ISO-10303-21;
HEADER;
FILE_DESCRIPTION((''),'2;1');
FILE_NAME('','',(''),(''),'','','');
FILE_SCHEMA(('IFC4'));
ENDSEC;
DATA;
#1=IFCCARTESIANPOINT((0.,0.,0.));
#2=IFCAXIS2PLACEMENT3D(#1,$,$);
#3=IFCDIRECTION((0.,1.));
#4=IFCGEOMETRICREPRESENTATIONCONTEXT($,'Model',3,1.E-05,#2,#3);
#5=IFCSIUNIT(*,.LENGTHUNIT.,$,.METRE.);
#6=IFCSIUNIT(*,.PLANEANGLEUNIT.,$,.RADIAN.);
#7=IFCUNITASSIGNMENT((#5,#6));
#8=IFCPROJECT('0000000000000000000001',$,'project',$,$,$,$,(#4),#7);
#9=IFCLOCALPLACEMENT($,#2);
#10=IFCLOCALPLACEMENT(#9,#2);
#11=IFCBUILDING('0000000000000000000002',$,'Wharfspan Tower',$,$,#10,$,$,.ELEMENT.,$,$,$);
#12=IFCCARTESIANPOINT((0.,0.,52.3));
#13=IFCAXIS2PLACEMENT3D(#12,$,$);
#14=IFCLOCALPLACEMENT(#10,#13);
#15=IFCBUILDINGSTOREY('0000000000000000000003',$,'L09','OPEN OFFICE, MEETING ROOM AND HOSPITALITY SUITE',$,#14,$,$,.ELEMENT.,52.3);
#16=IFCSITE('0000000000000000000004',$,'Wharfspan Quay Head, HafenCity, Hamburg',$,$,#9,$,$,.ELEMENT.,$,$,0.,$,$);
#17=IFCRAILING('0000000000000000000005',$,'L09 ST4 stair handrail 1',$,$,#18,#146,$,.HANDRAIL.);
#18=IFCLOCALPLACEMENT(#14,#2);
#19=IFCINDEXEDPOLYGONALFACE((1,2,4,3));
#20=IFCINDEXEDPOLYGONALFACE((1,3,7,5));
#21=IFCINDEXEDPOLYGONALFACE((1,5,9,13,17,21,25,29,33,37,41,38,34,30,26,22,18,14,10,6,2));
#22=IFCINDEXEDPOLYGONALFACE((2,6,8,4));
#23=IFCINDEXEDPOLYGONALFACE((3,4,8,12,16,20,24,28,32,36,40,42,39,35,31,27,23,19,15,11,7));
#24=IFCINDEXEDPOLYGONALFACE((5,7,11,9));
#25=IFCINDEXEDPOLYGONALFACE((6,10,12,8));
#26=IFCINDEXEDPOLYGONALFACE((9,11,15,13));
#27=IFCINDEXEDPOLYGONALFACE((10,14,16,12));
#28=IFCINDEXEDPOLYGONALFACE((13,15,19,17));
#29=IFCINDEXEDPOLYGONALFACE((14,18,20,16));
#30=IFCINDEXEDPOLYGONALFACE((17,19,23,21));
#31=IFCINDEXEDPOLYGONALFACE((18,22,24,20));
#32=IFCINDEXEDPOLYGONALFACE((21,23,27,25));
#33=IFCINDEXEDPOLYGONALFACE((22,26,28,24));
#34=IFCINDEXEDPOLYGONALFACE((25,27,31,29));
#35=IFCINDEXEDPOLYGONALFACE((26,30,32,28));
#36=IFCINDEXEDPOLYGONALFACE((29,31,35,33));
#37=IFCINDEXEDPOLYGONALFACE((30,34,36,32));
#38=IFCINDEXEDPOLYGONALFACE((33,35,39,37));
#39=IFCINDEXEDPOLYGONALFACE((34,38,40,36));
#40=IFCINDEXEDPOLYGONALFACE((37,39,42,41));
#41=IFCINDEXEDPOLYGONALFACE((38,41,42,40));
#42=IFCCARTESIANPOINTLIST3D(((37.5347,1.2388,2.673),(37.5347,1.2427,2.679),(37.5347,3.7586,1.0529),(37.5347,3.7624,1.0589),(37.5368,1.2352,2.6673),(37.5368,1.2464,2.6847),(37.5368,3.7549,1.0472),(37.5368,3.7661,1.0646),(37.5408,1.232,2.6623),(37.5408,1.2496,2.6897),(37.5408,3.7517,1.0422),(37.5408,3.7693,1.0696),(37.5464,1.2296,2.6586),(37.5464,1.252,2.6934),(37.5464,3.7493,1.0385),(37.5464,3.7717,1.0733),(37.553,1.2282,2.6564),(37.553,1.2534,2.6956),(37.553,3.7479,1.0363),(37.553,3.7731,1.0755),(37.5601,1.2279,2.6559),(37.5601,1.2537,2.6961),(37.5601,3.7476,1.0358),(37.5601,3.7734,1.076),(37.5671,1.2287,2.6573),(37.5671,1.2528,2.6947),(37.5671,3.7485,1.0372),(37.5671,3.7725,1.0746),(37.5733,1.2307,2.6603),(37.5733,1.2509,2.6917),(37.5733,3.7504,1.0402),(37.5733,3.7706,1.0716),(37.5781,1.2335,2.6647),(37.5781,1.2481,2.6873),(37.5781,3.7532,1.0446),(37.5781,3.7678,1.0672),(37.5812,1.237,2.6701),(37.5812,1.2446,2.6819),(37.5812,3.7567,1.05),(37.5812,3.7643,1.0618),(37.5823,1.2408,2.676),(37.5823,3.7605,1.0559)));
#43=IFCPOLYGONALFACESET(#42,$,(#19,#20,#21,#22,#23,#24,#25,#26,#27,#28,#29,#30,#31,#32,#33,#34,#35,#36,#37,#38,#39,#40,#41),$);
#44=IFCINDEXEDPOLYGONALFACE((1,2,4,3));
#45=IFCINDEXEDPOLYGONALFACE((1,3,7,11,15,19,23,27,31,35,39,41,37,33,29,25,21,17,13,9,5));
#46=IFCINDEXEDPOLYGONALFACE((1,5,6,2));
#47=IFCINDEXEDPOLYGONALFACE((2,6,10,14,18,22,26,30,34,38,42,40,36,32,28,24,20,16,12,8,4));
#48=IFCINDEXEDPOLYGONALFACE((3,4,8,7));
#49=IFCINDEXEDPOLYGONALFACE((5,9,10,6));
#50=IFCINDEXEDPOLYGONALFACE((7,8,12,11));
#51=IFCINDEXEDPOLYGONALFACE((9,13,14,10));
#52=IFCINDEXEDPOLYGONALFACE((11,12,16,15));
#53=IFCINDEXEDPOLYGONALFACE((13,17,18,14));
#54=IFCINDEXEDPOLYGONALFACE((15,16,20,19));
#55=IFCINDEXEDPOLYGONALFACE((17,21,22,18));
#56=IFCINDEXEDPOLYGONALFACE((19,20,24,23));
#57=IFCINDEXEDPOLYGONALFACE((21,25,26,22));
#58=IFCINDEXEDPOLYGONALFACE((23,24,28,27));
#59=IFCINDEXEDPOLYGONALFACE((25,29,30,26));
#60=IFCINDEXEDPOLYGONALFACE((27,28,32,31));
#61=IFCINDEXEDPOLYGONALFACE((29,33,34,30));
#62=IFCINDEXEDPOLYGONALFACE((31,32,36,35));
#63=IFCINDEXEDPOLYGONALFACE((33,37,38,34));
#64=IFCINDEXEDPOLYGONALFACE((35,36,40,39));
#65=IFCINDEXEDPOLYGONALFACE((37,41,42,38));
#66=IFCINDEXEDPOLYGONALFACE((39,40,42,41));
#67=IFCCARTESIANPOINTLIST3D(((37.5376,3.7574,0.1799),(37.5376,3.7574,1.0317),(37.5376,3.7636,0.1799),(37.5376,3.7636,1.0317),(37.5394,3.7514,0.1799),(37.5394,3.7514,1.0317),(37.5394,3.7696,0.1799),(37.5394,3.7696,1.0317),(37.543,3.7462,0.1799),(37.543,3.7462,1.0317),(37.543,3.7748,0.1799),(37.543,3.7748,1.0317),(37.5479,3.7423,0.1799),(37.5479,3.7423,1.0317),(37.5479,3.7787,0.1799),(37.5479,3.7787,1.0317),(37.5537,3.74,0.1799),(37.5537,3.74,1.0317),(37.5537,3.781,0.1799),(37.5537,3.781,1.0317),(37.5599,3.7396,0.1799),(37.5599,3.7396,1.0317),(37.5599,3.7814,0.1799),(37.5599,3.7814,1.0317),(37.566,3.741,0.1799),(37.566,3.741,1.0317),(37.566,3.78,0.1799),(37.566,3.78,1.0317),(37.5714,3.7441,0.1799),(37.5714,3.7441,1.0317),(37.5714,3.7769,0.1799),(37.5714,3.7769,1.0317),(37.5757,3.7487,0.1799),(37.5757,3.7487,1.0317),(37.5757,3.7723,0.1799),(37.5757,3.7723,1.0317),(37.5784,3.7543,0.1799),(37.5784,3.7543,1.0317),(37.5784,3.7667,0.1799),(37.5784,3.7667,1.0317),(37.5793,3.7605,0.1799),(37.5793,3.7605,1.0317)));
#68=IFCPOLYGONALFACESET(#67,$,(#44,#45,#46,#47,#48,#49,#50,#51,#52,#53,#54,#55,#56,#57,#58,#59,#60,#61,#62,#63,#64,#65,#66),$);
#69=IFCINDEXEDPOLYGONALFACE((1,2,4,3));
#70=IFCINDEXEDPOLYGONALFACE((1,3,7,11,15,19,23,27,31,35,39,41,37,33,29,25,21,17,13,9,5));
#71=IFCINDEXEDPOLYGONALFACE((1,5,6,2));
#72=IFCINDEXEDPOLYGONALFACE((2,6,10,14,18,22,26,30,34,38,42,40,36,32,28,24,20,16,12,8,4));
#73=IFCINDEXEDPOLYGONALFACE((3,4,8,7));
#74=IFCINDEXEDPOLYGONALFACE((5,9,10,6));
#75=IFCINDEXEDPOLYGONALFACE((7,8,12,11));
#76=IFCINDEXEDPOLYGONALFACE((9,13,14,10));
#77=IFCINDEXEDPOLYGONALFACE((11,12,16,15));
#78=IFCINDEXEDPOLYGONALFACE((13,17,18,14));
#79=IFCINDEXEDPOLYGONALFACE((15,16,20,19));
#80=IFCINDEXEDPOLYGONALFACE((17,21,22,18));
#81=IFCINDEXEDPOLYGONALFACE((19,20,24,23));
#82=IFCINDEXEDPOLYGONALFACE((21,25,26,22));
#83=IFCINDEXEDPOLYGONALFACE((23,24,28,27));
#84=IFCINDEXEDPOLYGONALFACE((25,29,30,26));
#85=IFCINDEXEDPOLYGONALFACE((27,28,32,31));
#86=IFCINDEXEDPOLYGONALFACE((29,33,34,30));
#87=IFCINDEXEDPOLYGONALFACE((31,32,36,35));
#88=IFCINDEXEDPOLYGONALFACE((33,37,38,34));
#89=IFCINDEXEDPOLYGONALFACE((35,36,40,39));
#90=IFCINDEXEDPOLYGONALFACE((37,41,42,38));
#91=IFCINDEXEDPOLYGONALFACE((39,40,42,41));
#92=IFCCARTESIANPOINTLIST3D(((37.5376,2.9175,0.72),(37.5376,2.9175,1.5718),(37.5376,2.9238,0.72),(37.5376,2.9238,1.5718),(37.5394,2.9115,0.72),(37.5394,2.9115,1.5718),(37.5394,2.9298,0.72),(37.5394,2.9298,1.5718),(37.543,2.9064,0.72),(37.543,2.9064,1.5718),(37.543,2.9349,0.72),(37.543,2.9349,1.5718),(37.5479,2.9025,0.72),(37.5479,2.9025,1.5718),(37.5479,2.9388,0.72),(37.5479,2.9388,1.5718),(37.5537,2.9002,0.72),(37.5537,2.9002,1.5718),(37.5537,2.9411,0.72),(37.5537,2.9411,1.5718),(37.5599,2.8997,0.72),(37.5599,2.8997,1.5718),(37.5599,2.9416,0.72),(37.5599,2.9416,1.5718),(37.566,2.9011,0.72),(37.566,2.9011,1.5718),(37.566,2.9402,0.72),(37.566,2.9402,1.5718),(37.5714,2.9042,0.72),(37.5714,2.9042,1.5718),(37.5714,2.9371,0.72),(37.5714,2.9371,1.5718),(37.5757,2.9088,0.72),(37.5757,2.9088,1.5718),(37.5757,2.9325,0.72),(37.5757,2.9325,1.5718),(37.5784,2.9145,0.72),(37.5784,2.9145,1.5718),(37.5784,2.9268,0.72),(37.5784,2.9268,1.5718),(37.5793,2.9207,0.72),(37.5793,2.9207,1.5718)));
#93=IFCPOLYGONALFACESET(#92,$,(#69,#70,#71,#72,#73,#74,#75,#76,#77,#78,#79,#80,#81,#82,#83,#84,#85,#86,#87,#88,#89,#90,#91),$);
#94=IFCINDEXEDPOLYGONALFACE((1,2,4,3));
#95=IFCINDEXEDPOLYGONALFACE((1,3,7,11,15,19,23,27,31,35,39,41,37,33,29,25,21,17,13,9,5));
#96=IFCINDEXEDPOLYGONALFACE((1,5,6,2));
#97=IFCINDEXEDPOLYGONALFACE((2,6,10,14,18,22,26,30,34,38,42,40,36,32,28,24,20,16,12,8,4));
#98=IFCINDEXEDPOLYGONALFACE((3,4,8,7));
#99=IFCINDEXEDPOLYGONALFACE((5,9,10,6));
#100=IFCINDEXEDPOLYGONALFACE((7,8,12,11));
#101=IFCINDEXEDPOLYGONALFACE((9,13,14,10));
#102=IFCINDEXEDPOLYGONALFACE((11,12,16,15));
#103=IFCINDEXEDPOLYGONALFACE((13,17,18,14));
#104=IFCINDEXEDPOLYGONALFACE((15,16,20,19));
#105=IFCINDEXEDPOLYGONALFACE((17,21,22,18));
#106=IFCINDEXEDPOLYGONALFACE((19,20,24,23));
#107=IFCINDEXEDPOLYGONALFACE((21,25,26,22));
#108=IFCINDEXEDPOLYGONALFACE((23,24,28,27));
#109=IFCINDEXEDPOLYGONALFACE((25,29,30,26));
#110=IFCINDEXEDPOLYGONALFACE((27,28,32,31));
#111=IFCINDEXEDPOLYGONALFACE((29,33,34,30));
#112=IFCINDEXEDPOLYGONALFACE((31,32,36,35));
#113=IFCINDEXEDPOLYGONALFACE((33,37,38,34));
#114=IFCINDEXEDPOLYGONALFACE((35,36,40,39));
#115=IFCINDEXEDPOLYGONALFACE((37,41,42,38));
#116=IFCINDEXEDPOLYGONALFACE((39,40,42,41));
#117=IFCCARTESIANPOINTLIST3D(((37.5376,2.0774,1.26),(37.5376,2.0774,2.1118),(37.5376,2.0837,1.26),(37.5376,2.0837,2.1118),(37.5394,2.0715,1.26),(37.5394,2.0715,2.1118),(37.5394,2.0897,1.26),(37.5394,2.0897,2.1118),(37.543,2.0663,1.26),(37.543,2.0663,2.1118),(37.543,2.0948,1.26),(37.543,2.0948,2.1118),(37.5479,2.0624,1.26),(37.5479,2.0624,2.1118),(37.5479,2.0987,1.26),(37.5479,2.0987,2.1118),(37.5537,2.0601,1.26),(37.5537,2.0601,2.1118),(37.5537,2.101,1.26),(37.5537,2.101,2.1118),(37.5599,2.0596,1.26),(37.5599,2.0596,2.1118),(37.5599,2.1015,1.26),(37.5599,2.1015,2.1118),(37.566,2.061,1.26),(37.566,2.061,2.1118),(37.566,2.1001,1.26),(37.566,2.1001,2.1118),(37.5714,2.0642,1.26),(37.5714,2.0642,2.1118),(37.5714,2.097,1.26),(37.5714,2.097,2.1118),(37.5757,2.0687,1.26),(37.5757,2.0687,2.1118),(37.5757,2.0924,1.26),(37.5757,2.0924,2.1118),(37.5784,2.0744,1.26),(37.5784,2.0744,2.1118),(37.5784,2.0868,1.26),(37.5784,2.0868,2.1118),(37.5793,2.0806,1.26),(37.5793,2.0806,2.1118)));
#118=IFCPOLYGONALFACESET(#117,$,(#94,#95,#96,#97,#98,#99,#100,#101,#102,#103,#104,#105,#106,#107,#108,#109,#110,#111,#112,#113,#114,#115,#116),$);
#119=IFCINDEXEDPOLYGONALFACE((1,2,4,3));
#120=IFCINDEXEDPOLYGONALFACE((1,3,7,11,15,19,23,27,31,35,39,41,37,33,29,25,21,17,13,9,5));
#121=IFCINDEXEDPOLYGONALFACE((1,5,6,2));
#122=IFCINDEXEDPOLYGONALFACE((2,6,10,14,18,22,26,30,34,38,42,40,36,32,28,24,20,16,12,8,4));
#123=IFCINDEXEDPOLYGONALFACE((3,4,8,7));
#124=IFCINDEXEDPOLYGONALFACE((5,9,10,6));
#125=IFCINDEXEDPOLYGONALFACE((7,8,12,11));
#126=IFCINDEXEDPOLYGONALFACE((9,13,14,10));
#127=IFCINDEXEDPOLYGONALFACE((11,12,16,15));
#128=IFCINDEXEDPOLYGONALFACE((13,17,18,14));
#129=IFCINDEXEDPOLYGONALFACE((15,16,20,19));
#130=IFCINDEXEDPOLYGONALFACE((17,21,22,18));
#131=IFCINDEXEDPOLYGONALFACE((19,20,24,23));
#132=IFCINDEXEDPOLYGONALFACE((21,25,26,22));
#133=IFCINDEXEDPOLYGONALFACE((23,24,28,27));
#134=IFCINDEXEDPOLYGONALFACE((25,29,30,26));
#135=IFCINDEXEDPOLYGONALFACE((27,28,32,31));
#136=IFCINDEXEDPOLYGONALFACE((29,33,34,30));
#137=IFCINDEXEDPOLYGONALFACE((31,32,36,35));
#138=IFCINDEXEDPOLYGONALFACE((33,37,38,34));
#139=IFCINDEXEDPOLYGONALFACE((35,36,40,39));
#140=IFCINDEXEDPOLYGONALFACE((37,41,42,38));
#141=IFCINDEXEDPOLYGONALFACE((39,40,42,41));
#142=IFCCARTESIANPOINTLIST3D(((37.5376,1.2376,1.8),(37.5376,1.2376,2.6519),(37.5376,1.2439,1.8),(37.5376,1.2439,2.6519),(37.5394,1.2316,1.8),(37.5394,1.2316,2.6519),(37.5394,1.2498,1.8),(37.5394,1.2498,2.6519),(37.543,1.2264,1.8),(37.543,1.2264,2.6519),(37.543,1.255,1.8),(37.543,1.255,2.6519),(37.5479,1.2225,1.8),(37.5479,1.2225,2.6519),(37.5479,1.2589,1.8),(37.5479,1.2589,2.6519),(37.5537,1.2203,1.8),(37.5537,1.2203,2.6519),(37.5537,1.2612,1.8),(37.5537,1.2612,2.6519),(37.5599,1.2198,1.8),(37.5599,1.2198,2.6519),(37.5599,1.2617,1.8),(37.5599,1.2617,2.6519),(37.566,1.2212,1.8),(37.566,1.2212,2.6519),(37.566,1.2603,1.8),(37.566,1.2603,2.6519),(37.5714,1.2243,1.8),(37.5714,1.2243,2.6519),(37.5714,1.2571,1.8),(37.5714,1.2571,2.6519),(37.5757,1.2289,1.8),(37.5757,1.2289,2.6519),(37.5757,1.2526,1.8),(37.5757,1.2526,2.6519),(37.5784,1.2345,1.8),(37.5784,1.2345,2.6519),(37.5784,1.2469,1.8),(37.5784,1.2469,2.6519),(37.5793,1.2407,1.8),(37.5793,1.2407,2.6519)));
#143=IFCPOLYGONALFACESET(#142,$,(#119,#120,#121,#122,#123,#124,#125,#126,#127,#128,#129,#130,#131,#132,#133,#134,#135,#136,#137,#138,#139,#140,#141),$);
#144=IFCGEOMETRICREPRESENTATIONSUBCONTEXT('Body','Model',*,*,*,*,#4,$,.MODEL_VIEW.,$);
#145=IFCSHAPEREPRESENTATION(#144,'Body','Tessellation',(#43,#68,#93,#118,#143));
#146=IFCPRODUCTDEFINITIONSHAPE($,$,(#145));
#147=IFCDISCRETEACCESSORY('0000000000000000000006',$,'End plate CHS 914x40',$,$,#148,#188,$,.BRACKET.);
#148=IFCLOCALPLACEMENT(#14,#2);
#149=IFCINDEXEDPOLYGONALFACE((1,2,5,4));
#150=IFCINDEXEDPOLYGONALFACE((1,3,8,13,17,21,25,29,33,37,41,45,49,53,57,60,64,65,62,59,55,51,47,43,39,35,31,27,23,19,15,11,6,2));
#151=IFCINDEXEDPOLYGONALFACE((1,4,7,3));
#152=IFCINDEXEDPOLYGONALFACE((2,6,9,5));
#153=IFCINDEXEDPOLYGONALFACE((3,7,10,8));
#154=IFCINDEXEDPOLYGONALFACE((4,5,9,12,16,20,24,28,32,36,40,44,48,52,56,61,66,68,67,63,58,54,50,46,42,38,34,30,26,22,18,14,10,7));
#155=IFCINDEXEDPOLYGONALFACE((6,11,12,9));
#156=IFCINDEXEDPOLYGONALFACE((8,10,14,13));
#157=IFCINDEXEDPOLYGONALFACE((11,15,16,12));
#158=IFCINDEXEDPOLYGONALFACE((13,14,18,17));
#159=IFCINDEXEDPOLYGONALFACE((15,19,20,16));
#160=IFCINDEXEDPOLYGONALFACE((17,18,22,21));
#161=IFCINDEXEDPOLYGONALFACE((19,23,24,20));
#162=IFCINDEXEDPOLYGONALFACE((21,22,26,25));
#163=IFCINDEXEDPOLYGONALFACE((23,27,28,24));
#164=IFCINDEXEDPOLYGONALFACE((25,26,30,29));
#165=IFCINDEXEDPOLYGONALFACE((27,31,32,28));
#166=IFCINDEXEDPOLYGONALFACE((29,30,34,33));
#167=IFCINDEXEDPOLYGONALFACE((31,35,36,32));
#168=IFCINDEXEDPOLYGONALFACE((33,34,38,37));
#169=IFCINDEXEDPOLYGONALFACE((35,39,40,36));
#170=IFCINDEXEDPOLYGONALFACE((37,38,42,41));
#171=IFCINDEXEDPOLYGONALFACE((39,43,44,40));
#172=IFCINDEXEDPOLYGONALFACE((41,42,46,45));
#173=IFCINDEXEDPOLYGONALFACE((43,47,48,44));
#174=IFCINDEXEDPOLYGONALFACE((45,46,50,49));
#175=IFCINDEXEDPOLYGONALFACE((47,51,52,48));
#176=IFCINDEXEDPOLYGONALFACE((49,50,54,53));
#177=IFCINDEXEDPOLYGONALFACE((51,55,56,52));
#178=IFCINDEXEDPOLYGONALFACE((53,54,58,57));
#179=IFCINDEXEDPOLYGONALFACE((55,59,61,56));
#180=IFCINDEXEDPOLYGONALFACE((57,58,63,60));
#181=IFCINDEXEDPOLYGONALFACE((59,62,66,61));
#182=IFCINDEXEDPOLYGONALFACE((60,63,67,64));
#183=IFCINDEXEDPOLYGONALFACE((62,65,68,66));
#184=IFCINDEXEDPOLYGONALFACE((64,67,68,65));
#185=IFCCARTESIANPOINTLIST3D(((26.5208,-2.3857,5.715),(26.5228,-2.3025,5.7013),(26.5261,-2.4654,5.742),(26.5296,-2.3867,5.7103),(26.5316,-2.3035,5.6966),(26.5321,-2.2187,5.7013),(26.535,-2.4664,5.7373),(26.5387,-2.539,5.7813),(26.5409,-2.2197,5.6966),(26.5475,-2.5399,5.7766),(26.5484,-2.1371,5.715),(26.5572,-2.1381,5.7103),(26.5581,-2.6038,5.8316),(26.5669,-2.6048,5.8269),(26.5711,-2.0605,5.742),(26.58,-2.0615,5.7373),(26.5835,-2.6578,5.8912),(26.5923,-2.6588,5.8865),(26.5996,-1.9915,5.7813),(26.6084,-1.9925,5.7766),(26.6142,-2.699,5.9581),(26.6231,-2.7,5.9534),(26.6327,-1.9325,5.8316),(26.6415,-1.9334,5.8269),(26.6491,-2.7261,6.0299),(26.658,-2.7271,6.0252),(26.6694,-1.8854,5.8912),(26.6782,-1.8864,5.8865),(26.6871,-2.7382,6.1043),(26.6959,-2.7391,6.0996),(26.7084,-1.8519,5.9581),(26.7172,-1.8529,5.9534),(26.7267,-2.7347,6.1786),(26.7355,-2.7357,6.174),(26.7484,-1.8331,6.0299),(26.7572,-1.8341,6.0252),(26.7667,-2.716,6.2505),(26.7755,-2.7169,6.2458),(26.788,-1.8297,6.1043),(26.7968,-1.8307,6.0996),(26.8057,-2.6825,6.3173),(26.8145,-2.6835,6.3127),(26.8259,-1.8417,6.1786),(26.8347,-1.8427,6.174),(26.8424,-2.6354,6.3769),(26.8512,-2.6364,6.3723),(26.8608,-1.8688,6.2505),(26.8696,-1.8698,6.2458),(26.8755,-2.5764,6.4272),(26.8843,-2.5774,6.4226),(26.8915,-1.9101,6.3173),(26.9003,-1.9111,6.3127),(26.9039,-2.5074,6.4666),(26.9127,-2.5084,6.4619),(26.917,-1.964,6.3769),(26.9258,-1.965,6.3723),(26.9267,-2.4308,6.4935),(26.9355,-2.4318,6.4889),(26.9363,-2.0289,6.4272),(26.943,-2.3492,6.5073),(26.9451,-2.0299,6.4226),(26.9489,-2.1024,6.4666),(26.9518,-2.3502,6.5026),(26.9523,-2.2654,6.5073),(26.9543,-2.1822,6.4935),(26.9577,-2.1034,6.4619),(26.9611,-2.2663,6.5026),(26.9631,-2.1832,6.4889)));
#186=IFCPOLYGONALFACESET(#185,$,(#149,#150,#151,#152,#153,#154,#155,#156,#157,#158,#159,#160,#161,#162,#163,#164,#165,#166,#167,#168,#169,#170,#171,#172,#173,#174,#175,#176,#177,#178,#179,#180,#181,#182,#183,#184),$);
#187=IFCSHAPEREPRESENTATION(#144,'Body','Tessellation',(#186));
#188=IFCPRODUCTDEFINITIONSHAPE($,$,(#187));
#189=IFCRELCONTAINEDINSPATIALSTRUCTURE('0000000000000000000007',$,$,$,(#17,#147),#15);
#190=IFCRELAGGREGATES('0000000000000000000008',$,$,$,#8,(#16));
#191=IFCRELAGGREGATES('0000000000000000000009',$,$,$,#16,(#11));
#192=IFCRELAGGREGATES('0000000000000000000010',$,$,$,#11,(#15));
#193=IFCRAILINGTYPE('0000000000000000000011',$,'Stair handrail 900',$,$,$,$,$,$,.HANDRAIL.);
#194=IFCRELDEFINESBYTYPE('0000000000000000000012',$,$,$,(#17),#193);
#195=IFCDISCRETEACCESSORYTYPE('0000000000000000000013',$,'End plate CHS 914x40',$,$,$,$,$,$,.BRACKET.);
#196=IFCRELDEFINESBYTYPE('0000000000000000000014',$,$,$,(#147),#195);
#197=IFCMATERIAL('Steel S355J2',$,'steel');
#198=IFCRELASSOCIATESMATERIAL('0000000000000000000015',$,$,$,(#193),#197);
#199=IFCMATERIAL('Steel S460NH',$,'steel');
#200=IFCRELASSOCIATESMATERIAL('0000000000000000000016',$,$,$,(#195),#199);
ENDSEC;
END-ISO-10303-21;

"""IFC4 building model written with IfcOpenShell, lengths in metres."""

from ifc_helpers import new_model, si_unit, direction, frame, origin, origin_2d, place, context, subcontext, project, spatial, circle, extrude, material, material_profile, profile_set, type_object, element, save


model = new_model("IFC4")

# Units and contexts
model_context = context("Model", 3, precision=1e-05, world=origin(), true_north=direction((0.0, 1.0)))
body_context = subcontext(model_context, "Body", "Model", "MODEL_VIEW")
ifc_project = project(units=[si_unit("LENGTHUNIT", "METRE"), si_unit("PLANEANGLEUNIT", "RADIAN")], contexts=[model_context])

# Site, building, storey
site_placement = place(None, origin())
site = spatial("IfcSite", under=ifc_project, at=site_placement, Name="Wharfspan Quay Head, HafenCity, Hamburg", CompositionType="ELEMENT", RefElevation=0.0)
building_placement = place(site_placement, origin())
building = spatial("IfcBuilding", under=site, at=building_placement, Name="Wharfspan Tower", CompositionType="ELEMENT")
storey_placement = place(building_placement, frame((0.0, 0.0, 52.3)))
storey = spatial("IfcBuildingStorey", under=building, at=storey_placement, Name="L09", Description="OPEN OFFICE, MEETING ROOM AND HOSPITALITY SUITE", CompositionType="ELEMENT", Elevation=52.3)

# Shared definitions
ifc_material_1 = material(Name="Steel S355J2", Category="steel")

# Shared definitions
ifc_material_2 = material(Name="Steel S460NH", Category="steel")

# Railing
railing_type_1 = type_object("IfcRailingType", Name="Stair handrail 900", PredefinedType="HANDRAIL", material=ifc_material_1)
railing_1_placement = place(storey_placement, frame((37.5583, 3.7605, 0.1799)))
element("IfcRailing", 1, at=railing_1_placement, inside=storey, type_object=railing_type_1, Name="L09 ST4 stair handrail 1", PredefinedType="HANDRAIL", context=body_context, shape_type="SweptSolid", body=[
    extrude(circle(Radius=0.0239, at=origin_2d()), frame((0.0, 0.0, 0.876), z_axis=(0.0, -0.841139, 0.540819), x_axis=(1.0, 0.0, 0.0)), (0.0, 0.0, 1.0), 2.9956),
    extrude(circle(Radius=0.021, at=origin_2d()), origin(), (0.0, 0.0, 1.0), 0.8518),
    extrude(circle(Radius=0.021, at=origin_2d()), frame((0.0, -0.8398, 0.54)), (0.0, 0.0, 1.0), 0.8518),
    extrude(circle(Radius=0.021, at=origin_2d()), frame((0.0, -1.6799, 1.0801)), (0.0, 0.0, 1.0), 0.8518),
    extrude(circle(Radius=0.021, at=origin_2d()), frame((0.0, -2.5198, 1.6201)), (0.0, 0.0, 1.0), 0.8518),
])

# Discrete accessory
ifc_material_profile_1 = material_profile(ifc_material_2, circle(Radius=0.457, at=origin_2d()))
ifc_profile_set_1 = profile_set([ifc_material_profile_1], Name="Steel S460NH")
discrete_accessory_type = type_object("IfcDiscreteAccessoryType", Name="End plate CHS 914x40", PredefinedType="BRACKET", material=ifc_profile_set_1)
discrete_accessory_placement = place(storey_placement, frame((26.7463, -2.2849, 6.0996), z_axis=(-0.880146, 0.097794, 0.464521), x_axis=(-0.110432, -0.993888, 0.0)))
element("IfcDiscreteAccessory", 2, at=discrete_accessory_placement, inside=storey, type_object=discrete_accessory_type, Name="End plate CHS 914x40", PredefinedType="BRACKET", context=body_context, shape_type="SweptSolid", body=[
    extrude(circle(Radius=0.457, at=origin_2d()), origin(), (0.0, 0.0, 1.0), 0.01),
])

save(model, "model.ifc")
